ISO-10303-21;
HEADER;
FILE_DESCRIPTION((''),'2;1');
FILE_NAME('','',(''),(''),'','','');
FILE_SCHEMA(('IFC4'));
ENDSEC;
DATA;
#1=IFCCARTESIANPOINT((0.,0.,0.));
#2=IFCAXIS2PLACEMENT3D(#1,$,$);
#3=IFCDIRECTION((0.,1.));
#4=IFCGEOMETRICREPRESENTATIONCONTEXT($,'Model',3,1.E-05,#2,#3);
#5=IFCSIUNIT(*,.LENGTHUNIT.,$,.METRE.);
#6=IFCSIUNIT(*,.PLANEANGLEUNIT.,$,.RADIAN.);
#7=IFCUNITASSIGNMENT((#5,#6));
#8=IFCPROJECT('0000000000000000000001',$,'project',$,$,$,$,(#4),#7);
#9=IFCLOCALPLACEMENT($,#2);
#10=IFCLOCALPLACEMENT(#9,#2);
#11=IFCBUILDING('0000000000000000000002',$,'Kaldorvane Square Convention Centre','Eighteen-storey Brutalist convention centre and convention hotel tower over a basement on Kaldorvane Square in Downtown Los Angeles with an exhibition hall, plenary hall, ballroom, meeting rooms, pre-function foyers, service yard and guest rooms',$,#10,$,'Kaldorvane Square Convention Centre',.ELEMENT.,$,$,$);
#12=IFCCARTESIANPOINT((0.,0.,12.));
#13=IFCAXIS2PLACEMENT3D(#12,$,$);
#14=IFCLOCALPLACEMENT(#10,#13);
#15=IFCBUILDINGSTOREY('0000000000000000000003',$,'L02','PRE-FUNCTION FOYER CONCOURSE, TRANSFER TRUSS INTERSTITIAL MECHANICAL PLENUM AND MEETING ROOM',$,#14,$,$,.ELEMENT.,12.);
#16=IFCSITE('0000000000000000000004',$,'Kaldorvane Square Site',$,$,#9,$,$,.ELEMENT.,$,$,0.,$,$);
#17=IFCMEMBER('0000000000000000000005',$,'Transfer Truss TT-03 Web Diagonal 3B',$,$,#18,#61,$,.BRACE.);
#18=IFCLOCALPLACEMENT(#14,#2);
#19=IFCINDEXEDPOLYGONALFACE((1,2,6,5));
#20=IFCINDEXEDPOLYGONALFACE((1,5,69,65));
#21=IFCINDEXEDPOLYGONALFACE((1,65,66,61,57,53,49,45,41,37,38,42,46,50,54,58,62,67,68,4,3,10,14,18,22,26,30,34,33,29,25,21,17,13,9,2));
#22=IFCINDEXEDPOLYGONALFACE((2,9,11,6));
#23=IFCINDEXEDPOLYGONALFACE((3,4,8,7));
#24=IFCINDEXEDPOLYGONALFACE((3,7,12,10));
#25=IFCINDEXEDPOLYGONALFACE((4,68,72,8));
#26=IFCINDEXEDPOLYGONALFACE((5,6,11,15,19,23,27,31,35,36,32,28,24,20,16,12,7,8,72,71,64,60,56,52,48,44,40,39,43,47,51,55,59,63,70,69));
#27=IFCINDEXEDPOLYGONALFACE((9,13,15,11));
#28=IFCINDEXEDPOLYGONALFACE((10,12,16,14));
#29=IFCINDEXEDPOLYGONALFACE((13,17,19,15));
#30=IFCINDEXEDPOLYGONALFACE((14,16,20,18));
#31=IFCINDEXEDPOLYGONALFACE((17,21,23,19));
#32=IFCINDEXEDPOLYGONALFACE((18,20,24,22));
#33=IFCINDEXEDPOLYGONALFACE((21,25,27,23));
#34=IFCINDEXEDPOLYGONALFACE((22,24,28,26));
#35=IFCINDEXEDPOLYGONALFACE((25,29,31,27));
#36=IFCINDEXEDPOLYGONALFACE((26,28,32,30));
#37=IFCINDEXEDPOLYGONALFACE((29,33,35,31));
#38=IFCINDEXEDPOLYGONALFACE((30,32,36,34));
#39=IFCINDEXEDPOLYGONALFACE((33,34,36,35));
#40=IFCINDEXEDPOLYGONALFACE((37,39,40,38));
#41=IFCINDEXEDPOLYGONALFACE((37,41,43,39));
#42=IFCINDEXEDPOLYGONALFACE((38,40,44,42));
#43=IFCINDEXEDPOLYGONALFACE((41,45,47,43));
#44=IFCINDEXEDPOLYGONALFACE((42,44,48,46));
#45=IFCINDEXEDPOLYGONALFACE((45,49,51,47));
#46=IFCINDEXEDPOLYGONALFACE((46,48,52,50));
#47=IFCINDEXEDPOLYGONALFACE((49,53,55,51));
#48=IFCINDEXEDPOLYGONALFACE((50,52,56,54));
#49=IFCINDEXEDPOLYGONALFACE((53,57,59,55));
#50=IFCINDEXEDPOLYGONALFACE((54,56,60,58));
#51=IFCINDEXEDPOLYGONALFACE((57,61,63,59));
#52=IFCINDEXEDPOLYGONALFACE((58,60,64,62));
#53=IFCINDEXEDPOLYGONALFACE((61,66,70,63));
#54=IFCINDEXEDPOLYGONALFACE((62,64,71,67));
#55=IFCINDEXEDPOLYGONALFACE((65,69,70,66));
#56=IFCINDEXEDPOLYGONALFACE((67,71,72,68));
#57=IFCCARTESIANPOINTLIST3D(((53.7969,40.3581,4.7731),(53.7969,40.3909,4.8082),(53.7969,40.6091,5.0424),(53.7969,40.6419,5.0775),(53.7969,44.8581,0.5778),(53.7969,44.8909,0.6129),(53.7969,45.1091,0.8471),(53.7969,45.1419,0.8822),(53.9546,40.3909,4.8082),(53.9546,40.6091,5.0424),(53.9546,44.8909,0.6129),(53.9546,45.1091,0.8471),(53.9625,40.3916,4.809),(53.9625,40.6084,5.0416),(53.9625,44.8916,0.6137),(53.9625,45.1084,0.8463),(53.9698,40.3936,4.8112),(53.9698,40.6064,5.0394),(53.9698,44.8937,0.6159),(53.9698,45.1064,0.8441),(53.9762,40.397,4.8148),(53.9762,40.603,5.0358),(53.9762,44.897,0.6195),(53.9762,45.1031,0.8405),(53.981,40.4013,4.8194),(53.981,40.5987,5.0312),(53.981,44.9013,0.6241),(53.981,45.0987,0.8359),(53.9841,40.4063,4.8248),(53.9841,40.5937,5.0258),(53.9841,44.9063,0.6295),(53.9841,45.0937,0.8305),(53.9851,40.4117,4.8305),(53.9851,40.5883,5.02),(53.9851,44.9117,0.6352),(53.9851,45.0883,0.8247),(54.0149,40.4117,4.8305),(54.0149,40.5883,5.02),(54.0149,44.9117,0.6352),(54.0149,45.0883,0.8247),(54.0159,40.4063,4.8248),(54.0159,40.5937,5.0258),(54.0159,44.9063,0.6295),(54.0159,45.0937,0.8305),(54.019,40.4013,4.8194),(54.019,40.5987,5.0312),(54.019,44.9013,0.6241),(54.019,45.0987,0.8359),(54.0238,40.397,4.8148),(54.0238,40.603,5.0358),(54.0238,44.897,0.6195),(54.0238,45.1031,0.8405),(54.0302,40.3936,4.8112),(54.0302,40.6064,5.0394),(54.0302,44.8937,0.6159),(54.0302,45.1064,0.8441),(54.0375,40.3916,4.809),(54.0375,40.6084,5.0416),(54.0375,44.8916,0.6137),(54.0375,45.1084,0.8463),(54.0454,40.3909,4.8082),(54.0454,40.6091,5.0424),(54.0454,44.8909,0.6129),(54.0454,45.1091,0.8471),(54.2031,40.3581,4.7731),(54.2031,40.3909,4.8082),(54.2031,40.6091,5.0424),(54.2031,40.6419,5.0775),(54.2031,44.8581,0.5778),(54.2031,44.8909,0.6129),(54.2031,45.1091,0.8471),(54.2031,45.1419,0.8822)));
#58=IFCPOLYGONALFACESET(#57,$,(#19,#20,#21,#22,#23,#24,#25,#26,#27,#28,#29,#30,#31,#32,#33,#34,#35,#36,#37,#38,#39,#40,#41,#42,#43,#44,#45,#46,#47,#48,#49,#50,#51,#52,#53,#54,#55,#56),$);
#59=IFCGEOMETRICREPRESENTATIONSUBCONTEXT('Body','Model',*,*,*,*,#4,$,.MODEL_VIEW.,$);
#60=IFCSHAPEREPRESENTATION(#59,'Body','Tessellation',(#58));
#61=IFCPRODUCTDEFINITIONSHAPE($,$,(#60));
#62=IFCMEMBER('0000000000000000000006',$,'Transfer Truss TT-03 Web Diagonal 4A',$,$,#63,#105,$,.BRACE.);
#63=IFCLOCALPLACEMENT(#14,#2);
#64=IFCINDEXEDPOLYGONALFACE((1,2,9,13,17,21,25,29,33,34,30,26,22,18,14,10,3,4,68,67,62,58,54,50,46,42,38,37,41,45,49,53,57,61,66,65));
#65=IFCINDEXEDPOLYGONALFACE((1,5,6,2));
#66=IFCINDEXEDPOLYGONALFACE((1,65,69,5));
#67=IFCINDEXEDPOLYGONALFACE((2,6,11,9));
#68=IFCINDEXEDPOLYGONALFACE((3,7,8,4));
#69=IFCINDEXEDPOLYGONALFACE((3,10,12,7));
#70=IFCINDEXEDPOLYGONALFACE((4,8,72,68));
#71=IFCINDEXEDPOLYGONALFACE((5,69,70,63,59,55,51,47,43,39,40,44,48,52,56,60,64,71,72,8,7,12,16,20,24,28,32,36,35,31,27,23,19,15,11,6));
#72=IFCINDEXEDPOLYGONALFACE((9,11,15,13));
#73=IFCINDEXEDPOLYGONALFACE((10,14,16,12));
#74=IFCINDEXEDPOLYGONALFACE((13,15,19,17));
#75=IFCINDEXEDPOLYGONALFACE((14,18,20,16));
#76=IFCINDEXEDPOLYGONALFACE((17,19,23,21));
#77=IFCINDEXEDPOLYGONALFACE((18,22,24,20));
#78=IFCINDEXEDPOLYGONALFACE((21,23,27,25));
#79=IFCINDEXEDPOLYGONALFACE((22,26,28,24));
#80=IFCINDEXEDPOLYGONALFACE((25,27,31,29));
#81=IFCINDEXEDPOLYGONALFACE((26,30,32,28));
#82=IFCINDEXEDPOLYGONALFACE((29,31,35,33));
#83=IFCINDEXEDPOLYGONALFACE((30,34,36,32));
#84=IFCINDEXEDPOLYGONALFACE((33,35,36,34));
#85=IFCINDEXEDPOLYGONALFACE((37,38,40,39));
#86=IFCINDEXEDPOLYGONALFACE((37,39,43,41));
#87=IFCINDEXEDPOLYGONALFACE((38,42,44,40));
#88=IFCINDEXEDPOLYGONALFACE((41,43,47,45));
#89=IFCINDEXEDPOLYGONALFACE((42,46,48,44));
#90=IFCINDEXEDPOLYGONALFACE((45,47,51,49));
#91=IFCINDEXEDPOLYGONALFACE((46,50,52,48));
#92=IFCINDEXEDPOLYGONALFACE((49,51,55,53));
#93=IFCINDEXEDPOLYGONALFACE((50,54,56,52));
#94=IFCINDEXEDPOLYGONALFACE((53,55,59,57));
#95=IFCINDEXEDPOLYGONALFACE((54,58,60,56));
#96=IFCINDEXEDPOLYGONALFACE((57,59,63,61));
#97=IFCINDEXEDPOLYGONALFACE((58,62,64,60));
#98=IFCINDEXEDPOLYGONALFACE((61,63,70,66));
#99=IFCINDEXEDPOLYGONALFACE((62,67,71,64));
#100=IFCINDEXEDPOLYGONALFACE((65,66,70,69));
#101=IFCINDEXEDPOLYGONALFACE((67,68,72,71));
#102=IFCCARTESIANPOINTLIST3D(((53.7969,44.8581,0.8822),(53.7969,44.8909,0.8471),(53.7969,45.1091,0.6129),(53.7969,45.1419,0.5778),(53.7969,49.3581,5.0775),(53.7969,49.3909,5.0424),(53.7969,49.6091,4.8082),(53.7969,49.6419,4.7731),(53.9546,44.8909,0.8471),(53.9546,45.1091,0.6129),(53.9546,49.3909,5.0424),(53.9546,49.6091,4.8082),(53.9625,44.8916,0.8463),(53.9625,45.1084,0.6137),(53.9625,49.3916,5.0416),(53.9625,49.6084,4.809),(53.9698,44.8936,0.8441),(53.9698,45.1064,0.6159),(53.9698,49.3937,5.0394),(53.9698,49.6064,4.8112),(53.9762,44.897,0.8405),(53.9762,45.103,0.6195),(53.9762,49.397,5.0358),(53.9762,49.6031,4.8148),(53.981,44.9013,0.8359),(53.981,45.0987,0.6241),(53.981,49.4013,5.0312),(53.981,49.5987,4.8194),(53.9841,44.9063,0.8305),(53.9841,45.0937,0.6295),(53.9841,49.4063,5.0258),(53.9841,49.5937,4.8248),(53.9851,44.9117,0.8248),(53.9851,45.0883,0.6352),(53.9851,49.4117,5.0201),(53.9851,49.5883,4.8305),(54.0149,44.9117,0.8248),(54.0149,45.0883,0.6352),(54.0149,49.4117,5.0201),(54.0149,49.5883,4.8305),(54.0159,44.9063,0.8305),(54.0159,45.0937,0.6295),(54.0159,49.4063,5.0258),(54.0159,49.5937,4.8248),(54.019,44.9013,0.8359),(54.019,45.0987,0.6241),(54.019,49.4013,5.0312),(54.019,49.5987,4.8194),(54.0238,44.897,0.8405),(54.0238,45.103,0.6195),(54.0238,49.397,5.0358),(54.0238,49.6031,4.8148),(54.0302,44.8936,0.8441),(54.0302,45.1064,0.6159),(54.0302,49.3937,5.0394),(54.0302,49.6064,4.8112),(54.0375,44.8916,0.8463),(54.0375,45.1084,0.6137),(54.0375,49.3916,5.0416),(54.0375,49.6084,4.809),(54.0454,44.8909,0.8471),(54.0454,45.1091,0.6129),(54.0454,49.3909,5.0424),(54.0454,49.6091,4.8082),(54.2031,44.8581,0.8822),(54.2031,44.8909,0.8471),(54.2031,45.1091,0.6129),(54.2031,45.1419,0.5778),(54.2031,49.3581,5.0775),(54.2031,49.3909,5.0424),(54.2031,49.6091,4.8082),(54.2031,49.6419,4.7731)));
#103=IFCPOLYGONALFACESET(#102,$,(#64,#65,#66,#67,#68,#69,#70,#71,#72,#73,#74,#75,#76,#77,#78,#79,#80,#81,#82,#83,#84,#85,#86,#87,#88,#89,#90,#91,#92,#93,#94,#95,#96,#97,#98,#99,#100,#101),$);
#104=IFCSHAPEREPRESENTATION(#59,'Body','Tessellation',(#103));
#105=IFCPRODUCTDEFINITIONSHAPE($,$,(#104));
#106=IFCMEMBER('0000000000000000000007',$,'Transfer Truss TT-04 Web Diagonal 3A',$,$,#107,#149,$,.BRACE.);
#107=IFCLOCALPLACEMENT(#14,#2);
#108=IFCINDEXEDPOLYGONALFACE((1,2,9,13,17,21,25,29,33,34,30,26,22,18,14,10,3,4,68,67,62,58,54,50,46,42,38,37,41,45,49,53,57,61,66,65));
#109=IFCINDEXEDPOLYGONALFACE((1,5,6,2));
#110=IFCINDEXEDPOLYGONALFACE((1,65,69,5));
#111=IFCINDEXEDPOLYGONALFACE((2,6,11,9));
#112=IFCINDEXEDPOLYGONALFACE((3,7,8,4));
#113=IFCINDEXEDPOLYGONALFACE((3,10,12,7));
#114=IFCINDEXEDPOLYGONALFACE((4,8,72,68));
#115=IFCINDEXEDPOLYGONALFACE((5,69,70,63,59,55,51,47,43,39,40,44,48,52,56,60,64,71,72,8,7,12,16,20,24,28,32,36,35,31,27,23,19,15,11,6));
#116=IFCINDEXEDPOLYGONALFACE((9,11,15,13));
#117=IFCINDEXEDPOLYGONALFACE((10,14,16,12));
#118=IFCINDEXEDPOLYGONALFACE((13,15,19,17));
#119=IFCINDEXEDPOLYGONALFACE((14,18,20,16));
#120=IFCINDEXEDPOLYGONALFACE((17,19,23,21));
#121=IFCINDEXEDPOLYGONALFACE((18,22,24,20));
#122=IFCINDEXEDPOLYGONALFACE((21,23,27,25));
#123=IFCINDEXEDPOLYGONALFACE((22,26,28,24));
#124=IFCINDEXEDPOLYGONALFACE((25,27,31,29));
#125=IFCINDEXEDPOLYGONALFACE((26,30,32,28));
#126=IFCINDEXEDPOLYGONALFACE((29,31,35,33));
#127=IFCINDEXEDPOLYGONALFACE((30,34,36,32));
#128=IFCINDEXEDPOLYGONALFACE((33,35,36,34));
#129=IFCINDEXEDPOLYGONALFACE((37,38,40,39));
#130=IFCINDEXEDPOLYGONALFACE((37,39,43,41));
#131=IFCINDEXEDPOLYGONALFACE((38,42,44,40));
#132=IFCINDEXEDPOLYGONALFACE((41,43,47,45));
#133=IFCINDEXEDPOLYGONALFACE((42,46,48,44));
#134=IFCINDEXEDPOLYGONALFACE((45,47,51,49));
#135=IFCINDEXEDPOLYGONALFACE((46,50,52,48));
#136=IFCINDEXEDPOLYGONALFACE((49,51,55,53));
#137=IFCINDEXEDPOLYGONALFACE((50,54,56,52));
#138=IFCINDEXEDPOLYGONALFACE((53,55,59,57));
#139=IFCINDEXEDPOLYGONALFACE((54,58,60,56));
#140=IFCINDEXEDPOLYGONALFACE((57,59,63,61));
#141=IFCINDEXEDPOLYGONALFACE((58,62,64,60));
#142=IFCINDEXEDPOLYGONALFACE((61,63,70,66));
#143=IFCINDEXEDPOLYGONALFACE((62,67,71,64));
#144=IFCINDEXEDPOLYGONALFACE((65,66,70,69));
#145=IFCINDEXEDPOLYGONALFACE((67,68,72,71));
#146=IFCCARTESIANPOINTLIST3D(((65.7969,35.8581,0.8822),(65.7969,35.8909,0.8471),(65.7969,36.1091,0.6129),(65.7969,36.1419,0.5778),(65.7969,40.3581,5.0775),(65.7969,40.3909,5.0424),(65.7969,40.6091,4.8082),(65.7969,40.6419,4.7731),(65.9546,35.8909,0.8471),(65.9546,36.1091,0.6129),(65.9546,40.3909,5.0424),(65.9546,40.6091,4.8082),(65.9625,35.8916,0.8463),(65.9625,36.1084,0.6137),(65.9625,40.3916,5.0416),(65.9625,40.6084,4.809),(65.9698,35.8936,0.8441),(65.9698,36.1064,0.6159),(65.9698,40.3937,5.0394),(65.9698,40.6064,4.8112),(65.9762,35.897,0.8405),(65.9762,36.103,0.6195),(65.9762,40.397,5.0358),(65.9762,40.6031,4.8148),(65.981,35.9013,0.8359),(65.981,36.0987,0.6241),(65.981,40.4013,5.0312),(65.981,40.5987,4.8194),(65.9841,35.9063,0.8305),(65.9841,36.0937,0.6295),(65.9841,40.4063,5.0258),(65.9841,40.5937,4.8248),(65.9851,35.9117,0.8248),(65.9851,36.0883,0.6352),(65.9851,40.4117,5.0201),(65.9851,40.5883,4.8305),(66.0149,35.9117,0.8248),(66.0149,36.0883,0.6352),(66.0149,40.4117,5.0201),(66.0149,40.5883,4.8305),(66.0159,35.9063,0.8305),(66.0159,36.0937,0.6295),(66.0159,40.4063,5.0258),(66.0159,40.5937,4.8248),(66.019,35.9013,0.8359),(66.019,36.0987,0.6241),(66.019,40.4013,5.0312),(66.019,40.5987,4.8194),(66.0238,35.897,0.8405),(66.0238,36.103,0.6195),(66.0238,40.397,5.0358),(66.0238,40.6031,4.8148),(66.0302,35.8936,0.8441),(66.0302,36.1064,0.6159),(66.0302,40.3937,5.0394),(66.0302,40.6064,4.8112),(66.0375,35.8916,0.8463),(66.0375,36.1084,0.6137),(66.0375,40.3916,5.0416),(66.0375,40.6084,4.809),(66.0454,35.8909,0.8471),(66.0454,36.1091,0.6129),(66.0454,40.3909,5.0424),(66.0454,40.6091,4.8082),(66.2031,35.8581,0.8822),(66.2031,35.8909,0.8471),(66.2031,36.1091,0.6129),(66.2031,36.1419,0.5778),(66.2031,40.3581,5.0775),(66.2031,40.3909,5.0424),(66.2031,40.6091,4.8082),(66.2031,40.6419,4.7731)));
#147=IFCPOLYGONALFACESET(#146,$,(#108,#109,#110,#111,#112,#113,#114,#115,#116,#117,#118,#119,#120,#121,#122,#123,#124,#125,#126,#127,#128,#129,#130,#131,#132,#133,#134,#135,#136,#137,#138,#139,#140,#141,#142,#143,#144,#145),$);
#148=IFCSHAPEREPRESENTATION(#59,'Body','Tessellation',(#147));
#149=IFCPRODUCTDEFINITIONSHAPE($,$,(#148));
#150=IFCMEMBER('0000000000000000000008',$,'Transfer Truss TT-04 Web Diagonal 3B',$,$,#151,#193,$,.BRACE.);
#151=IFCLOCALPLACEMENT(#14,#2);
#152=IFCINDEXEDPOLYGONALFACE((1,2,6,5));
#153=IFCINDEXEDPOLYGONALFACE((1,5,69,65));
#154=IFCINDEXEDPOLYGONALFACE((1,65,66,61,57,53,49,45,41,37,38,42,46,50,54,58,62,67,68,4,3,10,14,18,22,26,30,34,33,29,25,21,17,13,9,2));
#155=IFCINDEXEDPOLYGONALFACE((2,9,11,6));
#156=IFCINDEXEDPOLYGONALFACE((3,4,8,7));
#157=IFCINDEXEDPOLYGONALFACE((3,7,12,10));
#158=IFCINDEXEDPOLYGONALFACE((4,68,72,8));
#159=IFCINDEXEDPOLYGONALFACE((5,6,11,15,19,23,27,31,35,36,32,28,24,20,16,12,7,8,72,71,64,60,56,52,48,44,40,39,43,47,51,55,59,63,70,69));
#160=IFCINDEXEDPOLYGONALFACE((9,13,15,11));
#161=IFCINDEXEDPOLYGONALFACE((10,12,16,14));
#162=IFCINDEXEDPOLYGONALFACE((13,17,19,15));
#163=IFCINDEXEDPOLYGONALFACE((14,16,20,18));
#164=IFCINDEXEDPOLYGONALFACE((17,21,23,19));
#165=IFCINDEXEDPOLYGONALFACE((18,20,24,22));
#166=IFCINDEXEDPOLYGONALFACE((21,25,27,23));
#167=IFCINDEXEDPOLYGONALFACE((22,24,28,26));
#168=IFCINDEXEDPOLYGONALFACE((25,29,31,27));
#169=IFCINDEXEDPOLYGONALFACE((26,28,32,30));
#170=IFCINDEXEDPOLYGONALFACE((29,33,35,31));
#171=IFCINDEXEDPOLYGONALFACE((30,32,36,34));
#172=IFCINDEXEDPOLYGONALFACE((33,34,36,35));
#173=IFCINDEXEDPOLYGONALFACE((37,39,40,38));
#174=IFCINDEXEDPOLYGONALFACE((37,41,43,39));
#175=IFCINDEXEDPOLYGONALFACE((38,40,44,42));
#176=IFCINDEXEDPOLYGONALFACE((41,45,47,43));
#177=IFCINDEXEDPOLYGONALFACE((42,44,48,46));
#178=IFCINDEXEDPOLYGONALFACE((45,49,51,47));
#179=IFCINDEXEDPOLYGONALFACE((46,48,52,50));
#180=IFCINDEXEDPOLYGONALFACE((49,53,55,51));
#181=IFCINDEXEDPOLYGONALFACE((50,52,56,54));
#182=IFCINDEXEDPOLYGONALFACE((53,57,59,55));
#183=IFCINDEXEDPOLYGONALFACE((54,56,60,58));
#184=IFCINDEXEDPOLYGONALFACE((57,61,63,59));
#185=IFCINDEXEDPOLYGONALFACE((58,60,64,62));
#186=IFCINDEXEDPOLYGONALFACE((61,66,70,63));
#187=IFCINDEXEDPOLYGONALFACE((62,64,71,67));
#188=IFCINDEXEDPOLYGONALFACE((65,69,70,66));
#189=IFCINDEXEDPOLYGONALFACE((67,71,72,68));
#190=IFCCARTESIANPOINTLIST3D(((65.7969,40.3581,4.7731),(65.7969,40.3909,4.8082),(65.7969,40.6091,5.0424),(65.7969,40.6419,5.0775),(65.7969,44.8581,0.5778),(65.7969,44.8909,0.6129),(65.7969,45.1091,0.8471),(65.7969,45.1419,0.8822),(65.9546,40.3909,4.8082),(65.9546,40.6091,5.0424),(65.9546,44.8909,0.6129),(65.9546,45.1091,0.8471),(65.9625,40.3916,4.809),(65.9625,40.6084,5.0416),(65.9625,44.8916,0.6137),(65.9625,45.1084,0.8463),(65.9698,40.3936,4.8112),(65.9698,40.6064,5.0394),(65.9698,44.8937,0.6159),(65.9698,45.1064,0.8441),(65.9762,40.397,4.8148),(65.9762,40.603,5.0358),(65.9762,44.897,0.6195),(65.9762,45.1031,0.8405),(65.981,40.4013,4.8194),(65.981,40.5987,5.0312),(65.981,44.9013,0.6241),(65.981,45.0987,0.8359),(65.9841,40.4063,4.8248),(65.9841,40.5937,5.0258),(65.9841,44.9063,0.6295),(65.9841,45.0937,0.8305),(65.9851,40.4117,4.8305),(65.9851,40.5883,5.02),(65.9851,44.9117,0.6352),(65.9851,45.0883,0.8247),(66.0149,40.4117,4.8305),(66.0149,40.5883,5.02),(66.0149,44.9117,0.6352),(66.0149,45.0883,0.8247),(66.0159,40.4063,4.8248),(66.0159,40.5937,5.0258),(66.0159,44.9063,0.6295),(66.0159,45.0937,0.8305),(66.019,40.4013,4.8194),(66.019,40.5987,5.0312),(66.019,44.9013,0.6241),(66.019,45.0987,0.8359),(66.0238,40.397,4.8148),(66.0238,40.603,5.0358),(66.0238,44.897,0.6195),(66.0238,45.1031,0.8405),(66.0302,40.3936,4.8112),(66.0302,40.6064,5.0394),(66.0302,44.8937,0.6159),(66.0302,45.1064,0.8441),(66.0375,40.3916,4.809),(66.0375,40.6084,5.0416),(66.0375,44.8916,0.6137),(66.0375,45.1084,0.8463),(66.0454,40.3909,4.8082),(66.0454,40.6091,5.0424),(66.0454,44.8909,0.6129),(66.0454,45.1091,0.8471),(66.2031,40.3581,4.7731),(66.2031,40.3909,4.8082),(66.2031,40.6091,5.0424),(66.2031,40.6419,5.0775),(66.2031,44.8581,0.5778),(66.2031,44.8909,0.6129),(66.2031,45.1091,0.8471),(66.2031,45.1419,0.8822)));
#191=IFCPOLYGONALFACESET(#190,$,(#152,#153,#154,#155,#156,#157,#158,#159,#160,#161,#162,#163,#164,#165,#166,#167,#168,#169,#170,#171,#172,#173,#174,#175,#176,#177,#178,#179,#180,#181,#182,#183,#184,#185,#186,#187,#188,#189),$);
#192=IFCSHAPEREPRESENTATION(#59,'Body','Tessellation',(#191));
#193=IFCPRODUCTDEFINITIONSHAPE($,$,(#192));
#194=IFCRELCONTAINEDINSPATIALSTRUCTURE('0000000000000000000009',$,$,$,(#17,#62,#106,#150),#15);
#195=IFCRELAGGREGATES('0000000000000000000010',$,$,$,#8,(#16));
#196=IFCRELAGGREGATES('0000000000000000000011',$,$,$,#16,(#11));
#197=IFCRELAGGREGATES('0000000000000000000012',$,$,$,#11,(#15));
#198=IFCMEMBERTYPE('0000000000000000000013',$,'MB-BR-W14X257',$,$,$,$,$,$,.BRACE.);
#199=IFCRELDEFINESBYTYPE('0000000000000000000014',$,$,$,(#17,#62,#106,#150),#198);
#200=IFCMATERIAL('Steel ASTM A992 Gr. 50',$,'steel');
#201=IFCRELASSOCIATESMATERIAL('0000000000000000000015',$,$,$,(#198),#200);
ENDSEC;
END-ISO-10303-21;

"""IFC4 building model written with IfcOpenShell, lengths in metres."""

from ifc_helpers import new_model, si_unit, direction, frame, origin, origin_2d, place, context, subcontext, project, spatial, i_section, extrude, material, material_profile, profile_set, type_object, element, save


model = new_model("IFC4")

# Units and contexts
model_context = context("Model", 3, precision=1e-05, world=origin(), true_north=direction((0.0, 1.0)))
body_context = subcontext(model_context, "Body", "Model", "MODEL_VIEW")
ifc_project = project(units=[si_unit("LENGTHUNIT", "METRE"), si_unit("PLANEANGLEUNIT", "RADIAN")], contexts=[model_context])

# Site, building, storey
site_placement = place(None, origin())
site = spatial("IfcSite", under=ifc_project, at=site_placement, Name="Kaldorvane Square Site", CompositionType="ELEMENT", RefElevation=0.0)
building_placement = place(site_placement, origin())
building = spatial("IfcBuilding", under=site, at=building_placement, Name="Kaldorvane Square Convention Centre", Description="Eighteen-storey Brutalist convention centre and convention hotel tower over a basement on Kaldorvane Square in Downtown Los Angeles with an exhibition hall, plenary hall, ballroom, meeting rooms, pre-function foyers, service yard and guest rooms", LongName="Kaldorvane Square Convention Centre", CompositionType="ELEMENT")
storey_placement = place(building_placement, frame((0.0, 0.0, 12.0)))
storey = spatial("IfcBuildingStorey", under=building, at=storey_placement, Name="L02", Description="PRE-FUNCTION FOYER CONCOURSE, TRANSFER TRUSS INTERSTITIAL MECHANICAL PLENUM AND MEETING ROOM", CompositionType="ELEMENT", Elevation=12.0)

# Shared definitions
ifc_material_1 = material(Name="Steel ASTM A992 Gr. 50", Category="steel")

# Members
ifc_material_profile_1 = material_profile(ifc_material_1, i_section(OverallWidth=0.4063, OverallDepth=0.4161, WebThickness=0.0298, FlangeThickness=0.048, FilletRadius=0.0305, at=origin_2d()), Name="W14X257")
ifc_profile_set_1 = profile_set([ifc_material_profile_1], Name="Steel ASTM A992 Gr. 50")
member_type_1 = type_object("IfcMemberType", Name="MB-BR-W14X257", PredefinedType="BRACE", material=ifc_profile_set_1)
for number, where, z_axis, x_axis, name in (
    (1, (54.0, 40.5, 4.9253), (0.0, 0.731436, -0.68191), (-1.0, 0.0, 0.0), "Transfer Truss TT-03 Web Diagonal 3B"),
    (2, (54.0, 45.0, 0.73), (0.0, 0.731436, 0.68191), (-1.0, 0.0, 0.0), "Transfer Truss TT-03 Web Diagonal 4A"),
    (3, (66.0, 36.0, 0.73), (0.0, 0.731436, 0.68191), (-1.0, 0.0, 0.0), "Transfer Truss TT-04 Web Diagonal 3A"),
    (4, (66.0, 40.5, 4.9253), (0.0, 0.731436, -0.68191), (-1.0, 0.0, 0.0), "Transfer Truss TT-04 Web Diagonal 3B"),
):
    element("IfcMember", number, at=place(storey_placement, frame(where, z_axis=z_axis, x_axis=x_axis)), inside=storey, type_object=member_type_1, Name=name, PredefinedType="BRACE", context=body_context, shape_type="SweptSolid", body=[
        extrude(i_section(OverallWidth=0.4063, OverallDepth=0.4161, WebThickness=0.0298, FlangeThickness=0.048, FilletRadius=0.0305, at=origin_2d()), origin(), (0.0, 0.0, 1.0), 6.1523),
    ])

save(model, "model.ifc")
